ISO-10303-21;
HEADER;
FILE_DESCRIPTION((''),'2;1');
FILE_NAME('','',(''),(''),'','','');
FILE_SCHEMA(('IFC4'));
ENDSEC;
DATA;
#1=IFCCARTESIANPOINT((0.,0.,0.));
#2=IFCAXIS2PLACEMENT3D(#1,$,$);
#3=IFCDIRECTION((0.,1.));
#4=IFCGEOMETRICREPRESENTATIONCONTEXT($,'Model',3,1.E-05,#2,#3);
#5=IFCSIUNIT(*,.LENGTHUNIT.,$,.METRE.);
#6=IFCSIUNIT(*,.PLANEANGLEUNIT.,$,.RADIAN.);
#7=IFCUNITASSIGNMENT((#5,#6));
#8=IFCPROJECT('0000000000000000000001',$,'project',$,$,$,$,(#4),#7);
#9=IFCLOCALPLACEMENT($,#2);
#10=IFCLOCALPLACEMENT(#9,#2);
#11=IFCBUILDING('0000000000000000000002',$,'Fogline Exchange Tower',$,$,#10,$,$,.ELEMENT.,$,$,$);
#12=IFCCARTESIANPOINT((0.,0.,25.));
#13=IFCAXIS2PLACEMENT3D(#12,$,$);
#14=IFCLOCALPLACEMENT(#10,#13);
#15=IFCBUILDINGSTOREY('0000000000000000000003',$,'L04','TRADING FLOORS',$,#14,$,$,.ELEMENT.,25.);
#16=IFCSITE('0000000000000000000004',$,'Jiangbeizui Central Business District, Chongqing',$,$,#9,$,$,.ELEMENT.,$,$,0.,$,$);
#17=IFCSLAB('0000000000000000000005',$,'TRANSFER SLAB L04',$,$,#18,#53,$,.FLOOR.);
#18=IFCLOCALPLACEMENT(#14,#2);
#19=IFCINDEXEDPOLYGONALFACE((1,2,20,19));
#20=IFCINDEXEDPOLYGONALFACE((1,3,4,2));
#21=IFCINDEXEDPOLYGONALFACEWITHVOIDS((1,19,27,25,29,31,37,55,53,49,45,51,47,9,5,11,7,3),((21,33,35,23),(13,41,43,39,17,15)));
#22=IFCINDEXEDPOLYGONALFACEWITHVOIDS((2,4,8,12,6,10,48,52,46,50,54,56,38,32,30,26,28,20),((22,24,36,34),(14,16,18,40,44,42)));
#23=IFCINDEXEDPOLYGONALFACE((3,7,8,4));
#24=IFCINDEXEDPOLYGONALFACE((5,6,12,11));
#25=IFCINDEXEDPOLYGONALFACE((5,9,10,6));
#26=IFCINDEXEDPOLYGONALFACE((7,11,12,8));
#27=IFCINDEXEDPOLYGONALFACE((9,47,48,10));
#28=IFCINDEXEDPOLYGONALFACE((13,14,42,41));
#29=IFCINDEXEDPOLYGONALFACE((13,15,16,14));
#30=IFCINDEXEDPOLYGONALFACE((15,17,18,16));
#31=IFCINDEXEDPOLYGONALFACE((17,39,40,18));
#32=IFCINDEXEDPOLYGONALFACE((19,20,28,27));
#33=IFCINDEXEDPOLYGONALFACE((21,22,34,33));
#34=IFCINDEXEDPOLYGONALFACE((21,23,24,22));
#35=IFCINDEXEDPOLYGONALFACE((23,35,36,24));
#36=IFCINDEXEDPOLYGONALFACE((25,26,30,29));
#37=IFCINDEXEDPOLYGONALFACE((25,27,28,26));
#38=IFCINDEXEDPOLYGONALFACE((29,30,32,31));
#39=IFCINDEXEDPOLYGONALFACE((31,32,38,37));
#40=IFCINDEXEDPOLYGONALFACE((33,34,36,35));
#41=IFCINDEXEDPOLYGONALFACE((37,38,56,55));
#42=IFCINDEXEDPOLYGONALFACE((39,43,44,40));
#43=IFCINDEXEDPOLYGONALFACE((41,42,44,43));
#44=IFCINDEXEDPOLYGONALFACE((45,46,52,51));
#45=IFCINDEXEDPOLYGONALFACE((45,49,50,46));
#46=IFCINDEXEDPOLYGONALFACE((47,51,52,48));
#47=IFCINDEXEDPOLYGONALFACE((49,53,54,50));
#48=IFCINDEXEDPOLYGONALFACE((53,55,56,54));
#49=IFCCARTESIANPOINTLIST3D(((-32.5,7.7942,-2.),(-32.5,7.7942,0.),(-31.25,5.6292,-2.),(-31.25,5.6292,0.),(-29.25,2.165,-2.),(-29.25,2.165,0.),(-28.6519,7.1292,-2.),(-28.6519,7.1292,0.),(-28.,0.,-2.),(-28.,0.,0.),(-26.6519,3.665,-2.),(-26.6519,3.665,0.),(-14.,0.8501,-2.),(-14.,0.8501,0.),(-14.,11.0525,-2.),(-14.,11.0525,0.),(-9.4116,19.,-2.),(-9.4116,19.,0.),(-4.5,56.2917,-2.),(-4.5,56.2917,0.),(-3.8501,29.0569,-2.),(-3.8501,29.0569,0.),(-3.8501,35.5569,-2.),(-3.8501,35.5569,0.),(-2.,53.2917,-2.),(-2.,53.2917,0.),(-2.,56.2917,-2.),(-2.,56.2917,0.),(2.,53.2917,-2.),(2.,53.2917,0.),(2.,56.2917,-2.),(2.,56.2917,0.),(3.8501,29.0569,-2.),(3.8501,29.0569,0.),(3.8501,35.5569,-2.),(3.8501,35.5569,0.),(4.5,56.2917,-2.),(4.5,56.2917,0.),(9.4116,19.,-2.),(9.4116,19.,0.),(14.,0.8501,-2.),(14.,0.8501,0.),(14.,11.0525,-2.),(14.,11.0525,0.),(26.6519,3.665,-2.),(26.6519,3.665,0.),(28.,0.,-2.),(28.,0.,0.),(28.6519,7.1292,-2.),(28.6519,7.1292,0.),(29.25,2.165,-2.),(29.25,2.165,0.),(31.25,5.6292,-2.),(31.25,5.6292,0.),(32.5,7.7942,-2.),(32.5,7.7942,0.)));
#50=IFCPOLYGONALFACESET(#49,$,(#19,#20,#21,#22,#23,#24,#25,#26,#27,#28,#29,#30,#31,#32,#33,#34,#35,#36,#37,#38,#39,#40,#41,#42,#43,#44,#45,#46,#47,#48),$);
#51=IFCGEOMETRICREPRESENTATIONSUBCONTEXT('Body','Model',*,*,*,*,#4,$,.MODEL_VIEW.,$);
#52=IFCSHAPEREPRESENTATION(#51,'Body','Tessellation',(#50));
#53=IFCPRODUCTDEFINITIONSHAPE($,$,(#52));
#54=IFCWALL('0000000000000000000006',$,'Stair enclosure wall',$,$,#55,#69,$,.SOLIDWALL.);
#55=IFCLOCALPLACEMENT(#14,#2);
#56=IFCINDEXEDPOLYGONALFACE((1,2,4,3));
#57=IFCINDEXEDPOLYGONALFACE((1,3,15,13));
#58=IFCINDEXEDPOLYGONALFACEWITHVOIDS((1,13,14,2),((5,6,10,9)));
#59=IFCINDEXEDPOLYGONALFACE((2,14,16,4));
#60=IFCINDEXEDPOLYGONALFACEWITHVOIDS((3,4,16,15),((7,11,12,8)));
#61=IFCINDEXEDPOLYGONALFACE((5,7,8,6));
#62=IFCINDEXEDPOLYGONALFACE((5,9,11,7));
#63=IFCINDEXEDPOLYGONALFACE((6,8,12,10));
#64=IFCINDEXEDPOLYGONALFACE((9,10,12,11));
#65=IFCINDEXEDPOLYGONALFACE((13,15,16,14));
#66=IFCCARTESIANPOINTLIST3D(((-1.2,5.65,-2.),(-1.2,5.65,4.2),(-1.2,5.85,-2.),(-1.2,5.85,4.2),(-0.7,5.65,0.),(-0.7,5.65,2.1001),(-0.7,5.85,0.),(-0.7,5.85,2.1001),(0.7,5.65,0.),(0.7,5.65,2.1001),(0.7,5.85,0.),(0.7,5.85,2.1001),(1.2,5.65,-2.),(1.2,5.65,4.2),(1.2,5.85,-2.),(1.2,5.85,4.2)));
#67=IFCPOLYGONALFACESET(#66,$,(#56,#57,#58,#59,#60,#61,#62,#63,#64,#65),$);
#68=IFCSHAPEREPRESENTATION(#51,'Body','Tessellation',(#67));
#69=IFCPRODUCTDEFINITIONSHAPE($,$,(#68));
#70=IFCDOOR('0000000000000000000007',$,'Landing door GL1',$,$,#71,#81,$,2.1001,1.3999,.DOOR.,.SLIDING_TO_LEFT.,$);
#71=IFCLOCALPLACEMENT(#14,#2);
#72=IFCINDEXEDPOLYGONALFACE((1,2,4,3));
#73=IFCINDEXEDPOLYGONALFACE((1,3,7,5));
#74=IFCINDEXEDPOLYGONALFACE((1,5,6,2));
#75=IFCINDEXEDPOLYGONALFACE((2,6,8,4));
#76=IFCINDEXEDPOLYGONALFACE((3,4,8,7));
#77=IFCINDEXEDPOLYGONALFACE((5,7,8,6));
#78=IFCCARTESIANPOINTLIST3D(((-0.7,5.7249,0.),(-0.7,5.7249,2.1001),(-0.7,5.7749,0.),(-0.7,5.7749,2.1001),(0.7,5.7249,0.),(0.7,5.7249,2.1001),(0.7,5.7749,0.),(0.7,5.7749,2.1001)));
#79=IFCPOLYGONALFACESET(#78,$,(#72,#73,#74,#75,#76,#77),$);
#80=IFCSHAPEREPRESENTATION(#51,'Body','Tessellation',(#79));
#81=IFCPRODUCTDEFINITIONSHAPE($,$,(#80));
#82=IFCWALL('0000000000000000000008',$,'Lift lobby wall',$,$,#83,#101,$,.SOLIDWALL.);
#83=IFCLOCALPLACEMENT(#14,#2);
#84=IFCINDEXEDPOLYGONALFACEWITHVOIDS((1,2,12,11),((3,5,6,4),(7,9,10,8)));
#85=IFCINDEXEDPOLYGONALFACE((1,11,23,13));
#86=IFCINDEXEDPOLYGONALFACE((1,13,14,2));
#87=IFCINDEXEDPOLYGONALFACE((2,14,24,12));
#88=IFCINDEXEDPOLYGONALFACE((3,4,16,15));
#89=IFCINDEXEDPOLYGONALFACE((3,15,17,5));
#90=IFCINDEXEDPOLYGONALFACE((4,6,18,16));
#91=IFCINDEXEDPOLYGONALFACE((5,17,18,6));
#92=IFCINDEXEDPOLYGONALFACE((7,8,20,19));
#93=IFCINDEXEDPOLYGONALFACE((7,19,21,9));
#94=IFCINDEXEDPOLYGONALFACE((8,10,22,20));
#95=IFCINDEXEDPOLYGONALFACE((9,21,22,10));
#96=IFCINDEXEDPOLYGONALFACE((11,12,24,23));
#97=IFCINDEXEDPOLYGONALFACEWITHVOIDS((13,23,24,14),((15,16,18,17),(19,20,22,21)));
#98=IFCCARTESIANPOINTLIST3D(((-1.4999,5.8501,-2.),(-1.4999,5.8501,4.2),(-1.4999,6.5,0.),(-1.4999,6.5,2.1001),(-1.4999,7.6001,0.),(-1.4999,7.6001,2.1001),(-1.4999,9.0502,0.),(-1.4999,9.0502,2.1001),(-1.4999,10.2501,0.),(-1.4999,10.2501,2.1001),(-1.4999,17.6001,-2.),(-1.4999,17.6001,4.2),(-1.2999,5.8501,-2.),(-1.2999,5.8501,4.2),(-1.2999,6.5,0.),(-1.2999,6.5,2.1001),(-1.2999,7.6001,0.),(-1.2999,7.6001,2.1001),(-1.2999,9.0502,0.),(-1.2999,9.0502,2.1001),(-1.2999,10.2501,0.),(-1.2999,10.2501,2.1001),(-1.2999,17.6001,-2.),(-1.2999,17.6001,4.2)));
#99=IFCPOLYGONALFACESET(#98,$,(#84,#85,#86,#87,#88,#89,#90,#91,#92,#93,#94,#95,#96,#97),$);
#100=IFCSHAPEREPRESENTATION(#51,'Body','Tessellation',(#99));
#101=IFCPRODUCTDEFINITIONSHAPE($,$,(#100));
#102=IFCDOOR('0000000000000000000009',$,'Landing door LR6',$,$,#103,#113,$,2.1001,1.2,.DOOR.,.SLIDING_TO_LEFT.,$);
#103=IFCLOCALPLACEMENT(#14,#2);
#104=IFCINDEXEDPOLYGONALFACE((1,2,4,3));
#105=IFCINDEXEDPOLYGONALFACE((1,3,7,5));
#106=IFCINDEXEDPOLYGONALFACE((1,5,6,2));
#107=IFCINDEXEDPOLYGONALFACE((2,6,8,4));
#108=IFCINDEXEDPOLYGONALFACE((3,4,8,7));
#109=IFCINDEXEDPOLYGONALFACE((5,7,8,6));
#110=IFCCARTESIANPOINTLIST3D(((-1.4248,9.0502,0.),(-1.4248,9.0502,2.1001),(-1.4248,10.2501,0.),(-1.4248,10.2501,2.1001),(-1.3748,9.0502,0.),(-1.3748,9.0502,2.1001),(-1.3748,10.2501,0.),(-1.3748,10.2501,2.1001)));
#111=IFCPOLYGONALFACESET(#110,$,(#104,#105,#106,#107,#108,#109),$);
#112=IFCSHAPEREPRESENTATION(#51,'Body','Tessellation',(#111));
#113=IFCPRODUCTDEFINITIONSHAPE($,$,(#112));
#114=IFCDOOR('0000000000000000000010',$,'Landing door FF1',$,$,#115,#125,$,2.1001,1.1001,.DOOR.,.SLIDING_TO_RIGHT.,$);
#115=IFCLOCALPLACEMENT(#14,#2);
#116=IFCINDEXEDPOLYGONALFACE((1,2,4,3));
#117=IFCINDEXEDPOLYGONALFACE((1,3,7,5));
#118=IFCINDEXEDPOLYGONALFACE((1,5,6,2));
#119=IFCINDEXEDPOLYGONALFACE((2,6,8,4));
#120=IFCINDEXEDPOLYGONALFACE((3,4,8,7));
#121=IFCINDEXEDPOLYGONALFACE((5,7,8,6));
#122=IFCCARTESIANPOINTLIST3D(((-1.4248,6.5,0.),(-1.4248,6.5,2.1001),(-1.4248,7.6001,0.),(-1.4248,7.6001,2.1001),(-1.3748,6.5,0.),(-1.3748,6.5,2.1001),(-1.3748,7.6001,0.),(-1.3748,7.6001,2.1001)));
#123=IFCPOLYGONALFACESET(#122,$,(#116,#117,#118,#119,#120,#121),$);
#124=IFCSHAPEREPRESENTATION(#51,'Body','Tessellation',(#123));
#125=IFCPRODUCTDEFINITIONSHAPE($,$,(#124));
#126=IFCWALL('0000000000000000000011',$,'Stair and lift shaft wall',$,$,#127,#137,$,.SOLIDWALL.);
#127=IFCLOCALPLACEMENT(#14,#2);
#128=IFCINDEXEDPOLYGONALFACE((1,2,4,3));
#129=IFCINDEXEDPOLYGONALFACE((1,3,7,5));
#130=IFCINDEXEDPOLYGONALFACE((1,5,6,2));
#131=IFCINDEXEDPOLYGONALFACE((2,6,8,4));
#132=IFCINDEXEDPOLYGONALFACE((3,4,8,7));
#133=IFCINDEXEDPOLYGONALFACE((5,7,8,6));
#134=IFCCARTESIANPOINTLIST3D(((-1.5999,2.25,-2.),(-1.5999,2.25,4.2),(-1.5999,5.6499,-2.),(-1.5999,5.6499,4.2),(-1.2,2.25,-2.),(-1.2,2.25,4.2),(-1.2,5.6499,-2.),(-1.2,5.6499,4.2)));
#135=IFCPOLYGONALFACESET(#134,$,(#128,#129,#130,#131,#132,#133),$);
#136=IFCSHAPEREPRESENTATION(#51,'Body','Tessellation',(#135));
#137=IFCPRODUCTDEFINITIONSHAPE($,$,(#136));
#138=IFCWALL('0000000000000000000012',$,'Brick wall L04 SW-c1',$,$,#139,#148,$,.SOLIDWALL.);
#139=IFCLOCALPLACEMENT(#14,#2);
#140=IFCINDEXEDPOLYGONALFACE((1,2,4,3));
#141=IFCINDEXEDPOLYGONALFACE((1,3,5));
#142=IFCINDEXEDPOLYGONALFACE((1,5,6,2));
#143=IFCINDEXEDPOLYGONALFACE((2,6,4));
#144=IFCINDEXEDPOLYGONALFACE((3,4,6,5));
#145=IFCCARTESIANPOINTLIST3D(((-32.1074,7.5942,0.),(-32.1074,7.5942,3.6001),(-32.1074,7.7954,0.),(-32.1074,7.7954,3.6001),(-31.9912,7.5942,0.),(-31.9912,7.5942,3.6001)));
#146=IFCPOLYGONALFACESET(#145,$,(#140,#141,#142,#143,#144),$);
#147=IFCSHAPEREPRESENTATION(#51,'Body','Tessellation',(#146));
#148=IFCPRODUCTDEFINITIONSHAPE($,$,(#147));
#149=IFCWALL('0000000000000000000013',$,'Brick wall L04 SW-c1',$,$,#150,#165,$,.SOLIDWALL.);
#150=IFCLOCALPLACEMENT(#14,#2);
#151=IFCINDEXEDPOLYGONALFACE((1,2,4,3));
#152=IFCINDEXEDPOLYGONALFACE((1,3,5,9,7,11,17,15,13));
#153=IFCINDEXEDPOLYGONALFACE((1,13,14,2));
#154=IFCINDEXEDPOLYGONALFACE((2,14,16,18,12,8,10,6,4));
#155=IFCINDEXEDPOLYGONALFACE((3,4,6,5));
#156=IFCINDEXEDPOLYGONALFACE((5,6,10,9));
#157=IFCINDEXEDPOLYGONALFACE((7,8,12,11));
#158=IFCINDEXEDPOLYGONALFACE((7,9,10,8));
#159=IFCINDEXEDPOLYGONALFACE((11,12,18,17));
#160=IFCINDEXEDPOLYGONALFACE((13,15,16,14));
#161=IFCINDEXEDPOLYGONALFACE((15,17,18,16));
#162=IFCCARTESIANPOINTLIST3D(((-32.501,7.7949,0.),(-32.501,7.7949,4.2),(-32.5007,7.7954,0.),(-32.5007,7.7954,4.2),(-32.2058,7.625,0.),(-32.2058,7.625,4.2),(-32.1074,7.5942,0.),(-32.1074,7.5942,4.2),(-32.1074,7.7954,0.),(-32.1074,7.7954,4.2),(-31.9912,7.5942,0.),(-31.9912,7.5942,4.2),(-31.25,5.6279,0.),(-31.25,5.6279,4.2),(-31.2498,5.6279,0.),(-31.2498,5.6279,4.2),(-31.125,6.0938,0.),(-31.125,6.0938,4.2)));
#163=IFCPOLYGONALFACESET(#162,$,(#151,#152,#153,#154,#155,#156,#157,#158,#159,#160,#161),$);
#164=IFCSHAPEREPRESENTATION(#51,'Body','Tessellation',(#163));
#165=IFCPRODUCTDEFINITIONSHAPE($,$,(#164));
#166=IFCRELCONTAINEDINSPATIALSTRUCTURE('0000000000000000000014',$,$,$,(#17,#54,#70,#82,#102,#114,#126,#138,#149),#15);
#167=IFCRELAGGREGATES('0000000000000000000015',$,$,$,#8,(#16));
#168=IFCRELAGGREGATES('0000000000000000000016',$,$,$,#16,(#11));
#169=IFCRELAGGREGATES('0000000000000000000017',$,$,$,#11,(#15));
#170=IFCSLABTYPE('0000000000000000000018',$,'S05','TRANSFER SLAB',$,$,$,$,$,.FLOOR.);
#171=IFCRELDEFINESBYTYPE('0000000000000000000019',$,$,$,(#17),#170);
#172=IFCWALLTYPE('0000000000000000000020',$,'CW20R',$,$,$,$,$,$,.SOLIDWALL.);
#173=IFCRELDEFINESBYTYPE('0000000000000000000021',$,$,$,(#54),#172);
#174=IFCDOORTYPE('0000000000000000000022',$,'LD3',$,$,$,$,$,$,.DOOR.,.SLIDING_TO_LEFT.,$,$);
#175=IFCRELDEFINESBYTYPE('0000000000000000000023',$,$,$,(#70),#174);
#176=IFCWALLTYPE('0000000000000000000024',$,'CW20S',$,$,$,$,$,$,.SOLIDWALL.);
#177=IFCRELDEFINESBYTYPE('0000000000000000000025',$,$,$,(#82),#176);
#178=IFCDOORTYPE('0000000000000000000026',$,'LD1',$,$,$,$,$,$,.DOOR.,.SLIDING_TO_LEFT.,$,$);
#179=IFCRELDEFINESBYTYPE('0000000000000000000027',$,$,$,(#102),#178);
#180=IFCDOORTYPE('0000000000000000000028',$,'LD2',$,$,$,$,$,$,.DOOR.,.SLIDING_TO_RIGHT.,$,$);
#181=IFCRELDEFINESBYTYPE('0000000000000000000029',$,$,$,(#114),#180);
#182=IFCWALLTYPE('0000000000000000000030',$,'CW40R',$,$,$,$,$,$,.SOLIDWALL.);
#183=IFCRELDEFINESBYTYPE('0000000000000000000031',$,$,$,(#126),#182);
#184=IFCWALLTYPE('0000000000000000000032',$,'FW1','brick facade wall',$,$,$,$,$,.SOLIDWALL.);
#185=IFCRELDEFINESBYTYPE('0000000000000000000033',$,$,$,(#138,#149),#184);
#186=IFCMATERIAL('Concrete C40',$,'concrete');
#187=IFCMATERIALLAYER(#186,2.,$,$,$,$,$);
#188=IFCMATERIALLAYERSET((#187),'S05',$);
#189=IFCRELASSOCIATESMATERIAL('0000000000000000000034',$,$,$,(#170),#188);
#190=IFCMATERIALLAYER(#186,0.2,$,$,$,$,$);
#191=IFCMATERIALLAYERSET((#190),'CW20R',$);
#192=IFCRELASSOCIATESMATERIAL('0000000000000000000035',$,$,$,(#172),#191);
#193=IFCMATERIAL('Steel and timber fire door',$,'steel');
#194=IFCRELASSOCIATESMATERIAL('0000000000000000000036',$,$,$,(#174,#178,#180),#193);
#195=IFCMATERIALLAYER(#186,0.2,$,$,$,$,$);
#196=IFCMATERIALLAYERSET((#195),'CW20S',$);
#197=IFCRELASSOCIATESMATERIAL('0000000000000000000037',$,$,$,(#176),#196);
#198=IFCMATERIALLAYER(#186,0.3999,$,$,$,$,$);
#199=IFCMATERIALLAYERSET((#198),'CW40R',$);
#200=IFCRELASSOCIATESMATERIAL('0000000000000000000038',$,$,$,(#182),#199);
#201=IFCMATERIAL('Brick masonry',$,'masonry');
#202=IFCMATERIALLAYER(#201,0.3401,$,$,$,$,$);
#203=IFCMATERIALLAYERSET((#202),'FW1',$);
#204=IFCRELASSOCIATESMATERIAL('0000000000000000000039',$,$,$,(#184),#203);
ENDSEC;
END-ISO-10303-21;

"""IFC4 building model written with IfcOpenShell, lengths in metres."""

from ifc_helpers import new_model, si_unit, direction, frame, frame_2d, origin, place, context, subcontext, project, spatial, polyline, rectangle, outline, extrude, material, layer, layer_set, type_object, element, fill, save


model = new_model("IFC4")

# Units and contexts
model_context = context("Model", 3, precision=1e-05, world=origin(), true_north=direction((0.0, 1.0)))
body_context = subcontext(model_context, "Body", "Model", "MODEL_VIEW")
ifc_project = project(units=[si_unit("LENGTHUNIT", "METRE"), si_unit("PLANEANGLEUNIT", "RADIAN")], contexts=[model_context])

# Site, building, storey
site_placement = place(None, origin())
site = spatial("IfcSite", under=ifc_project, at=site_placement, Name="Jiangbeizui Central Business District, Chongqing", CompositionType="ELEMENT", RefElevation=0.0)
building_placement = place(site_placement, origin())
building = spatial("IfcBuilding", under=site, at=building_placement, Name="Fogline Exchange Tower", CompositionType="ELEMENT")
storey_placement = place(building_placement, frame((0.0, 0.0, 25.0)))
storey = spatial("IfcBuildingStorey", under=building, at=storey_placement, Name="L04", Description="TRADING FLOORS", CompositionType="ELEMENT", Elevation=25.0)

# Slab
ifc_material_1 = material(Name="Concrete C40", Category="concrete")
ifc_layer_1 = layer(ifc_material_1, 2.0)
ifc_layer_set_1 = layer_set([ifc_layer_1], Name="S05")
slab_type = type_object("IfcSlabType", Name="S05", Description="TRANSFER SLAB", PredefinedType="FLOOR", material=ifc_layer_set_1)
slab_placement = place(storey_placement, frame((0.0, 0.0, -2.0)))
element("IfcSlab", 1, at=slab_placement, inside=storey, type_object=slab_type, Name="TRANSFER SLAB L04", PredefinedType="FLOOR", context=body_context, shape_type="SweptSolid", body=[
    extrude(outline(polyline([(-2.0, 56.2917), (-4.5, 56.2917), (-32.5, 7.7942), (-31.25, 5.6292), (-28.6519, 7.1292), (-26.6519, 3.665), (-29.25, 2.165), (-28.0, 0.0), (28.0, 0.0), (29.25, 2.165), (26.6519, 3.665), (28.6519, 7.1292), (31.25, 5.6292), (32.5, 7.7942), (4.5, 56.2917), (2.0, 56.2917), (2.0, 53.2917), (-2.0, 53.2917), (-2.0, 56.2917)]), holes=[polyline([(14.0, 11.0525), (14.0, 0.8501), (-14.0, 0.8501), (-14.0, 11.0525), (-9.4116, 19.0), (9.4116, 19.0), (14.0, 11.0525)]), polyline([(3.8501, 35.5569), (3.8501, 29.0569), (-3.8501, 29.0569), (-3.8501, 35.5569), (3.8501, 35.5569)])]), origin(), (0.0, 0.0, 1.0), 2.0),
])

# Wall, opening, door
ifc_layer_2 = layer(ifc_material_1, 0.2)
ifc_layer_set_2 = layer_set([ifc_layer_2], Name="CW20R")
wall_type_1 = type_object("IfcWallType", Name="CW20R", PredefinedType="SOLIDWALL", material=ifc_layer_set_2)
wall_1_placement = place(storey_placement, frame((-1.2, 5.75, -2.0), z_axis=(0.0, 0.0, 1.0), x_axis=(1.0, 0.0, 0.0)))
wall_1 = element("IfcWall", 2, at=wall_1_placement, inside=storey, type_object=wall_type_1, Name="Stair enclosure wall", PredefinedType="SOLIDWALL", context=body_context, shape_type="SweptSolid", body=[
    extrude(rectangle(XDim=2.3999, YDim=0.2, at=frame_2d((1.2, 0.0))), origin(), (0.0, 0.0, 1.0), 6.2),
])
opening_1_placement = place(wall_1_placement, frame((0.5, 0.0, 2.0)))
opening_1 = element("IfcOpeningElement", 3, at=opening_1_placement, cuts=wall_1, PredefinedType="OPENING", context=body_context, shape_type="SweptSolid", body=[
    extrude(rectangle(XDim=1.3999, YDim=2.1001, at=frame_2d((0.7, 1.05))), frame((0.0, 0.1099, 0.0), z_axis=(0.0, -1.0, 0.0), x_axis=(1.0, 0.0, 0.0)), (0.0, 0.0, 1.0), 0.22),
])
ifc_material_2 = material(Name="Steel and timber fire door", Category="steel")
door_type_1 = type_object("IfcDoorType", Name="LD3", OperationType="SLIDING_TO_LEFT", PredefinedType="DOOR", material=ifc_material_2)
door_1_placement = place(opening_1_placement, origin())
door_1 = element("IfcDoor", 4, at=door_1_placement, inside=storey, type_object=door_type_1, Name="Landing door GL1", OperationType="SLIDING_TO_LEFT", OverallHeight=2.1001, OverallWidth=1.3999, PredefinedType="DOOR", context=body_context, shape_type="SweptSolid", body=[
    extrude(rectangle(XDim=1.3999, YDim=2.1001, at=frame_2d((0.7, 1.05))), frame((0.0, 0.0249, 0.0), z_axis=(0.0, -1.0, 0.0), x_axis=(1.0, 0.0, 0.0)), (0.0, 0.0, 1.0), 0.05),
])
fill(opening_1, door_1)

# Wall, openings, doors
ifc_layer_3 = layer(ifc_material_1, 0.2)
ifc_layer_set_3 = layer_set([ifc_layer_3], Name="CW20S")
wall_type_2 = type_object("IfcWallType", Name="CW20S", PredefinedType="SOLIDWALL", material=ifc_layer_set_3)
wall_2_placement = place(storey_placement, frame((-1.3999, 5.8501, -2.0), z_axis=(0.0, 0.0, 1.0), x_axis=(0.0, 1.0, 0.0)))
wall_2 = element("IfcWall", 5, at=wall_2_placement, inside=storey, type_object=wall_type_2, Name="Lift lobby wall", PredefinedType="SOLIDWALL", context=body_context, shape_type="SweptSolid", body=[
    extrude(rectangle(XDim=11.75, YDim=0.2, at=frame_2d((5.875, 0.0))), origin(), (0.0, 0.0, 1.0), 6.2),
])
opening_2_placement = place(wall_2_placement, frame((3.2, 0.0, 2.0)))
opening_2 = element("IfcOpeningElement", 6, at=opening_2_placement, cuts=wall_2, PredefinedType="OPENING", context=body_context, shape_type="SweptSolid", body=[
    extrude(rectangle(XDim=1.2, YDim=2.1001, at=frame_2d((0.6001, 1.05))), frame((0.0, 0.1099, 0.0), z_axis=(0.0, -1.0, 0.0), x_axis=(1.0, 0.0, 0.0)), (0.0, 0.0, 1.0), 0.22),
])
opening_3_placement = place(wall_2_placement, frame((0.6499, 0.0, 2.0)))
opening_3 = element("IfcOpeningElement", 7, at=opening_3_placement, cuts=wall_2, PredefinedType="OPENING", context=body_context, shape_type="SweptSolid", body=[
    extrude(rectangle(XDim=1.1001, YDim=2.1001, at=frame_2d((0.55, 1.05))), frame((0.0, 0.1099, 0.0), z_axis=(0.0, -1.0, 0.0), x_axis=(1.0, 0.0, 0.0)), (0.0, 0.0, 1.0), 0.22),
])
door_type_2 = type_object("IfcDoorType", Name="LD1", OperationType="SLIDING_TO_LEFT", PredefinedType="DOOR", material=ifc_material_2)
door_2_placement = place(opening_2_placement, origin())
door_2 = element("IfcDoor", 8, at=door_2_placement, inside=storey, type_object=door_type_2, Name="Landing door LR6", OperationType="SLIDING_TO_LEFT", OverallHeight=2.1001, OverallWidth=1.2, PredefinedType="DOOR", context=body_context, shape_type="SweptSolid", body=[
    extrude(rectangle(XDim=1.2, YDim=2.1001, at=frame_2d((0.6001, 1.05))), frame((0.0, 0.0249, 0.0), z_axis=(0.0, -1.0, 0.0), x_axis=(1.0, 0.0, 0.0)), (0.0, 0.0, 1.0), 0.05),
])
fill(opening_2, door_2)
door_type_3 = type_object("IfcDoorType", Name="LD2", OperationType="SLIDING_TO_RIGHT", PredefinedType="DOOR", material=ifc_material_2)
door_3_placement = place(opening_3_placement, origin())
door_3 = element("IfcDoor", 9, at=door_3_placement, inside=storey, type_object=door_type_3, Name="Landing door FF1", OperationType="SLIDING_TO_RIGHT", OverallHeight=2.1001, OverallWidth=1.1001, PredefinedType="DOOR", context=body_context, shape_type="SweptSolid", body=[
    extrude(rectangle(XDim=1.1001, YDim=2.1001, at=frame_2d((0.55, 1.05))), frame((0.0, 0.0249, 0.0), z_axis=(0.0, -1.0, 0.0), x_axis=(1.0, 0.0, 0.0)), (0.0, 0.0, 1.0), 0.05),
])
fill(opening_3, door_3)

# Walls
ifc_layer_4 = layer(ifc_material_1, 0.3999)
ifc_layer_set_4 = layer_set([ifc_layer_4], Name="CW40R")
wall_type_3 = type_object("IfcWallType", Name="CW40R", PredefinedType="SOLIDWALL", material=ifc_layer_set_4)
wall_3_placement = place(storey_placement, frame((-1.3999, 2.25, -2.0), z_axis=(0.0, 0.0, 1.0), x_axis=(0.0, 1.0, 0.0)))
element("IfcWall", 10, at=wall_3_placement, inside=storey, type_object=wall_type_3, Name="Stair and lift shaft wall", PredefinedType="SOLIDWALL", context=body_context, shape_type="SweptSolid", body=[
    extrude(rectangle(XDim=3.3999, YDim=0.3999, at=frame_2d((1.7, 0.0))), origin(), (0.0, 0.0, 1.0), 6.2),
])
ifc_material_3 = material(Name="Brick masonry", Category="masonry")
ifc_layer_5 = layer(ifc_material_3, 0.3401)
ifc_layer_set_5 = layer_set([ifc_layer_5], Name="FW1")
wall_type_4 = type_object("IfcWallType", Name="FW1", Description="brick facade wall", PredefinedType="SOLIDWALL", material=ifc_layer_set_5)
wall_4_placement = place(storey_placement, origin())
element("IfcWall", 11, at=wall_4_placement, inside=storey, type_object=wall_type_4, Name="Brick wall L04 SW-c1", PredefinedType="SOLIDWALL", context=body_context, shape_type="SweptSolid", body=[
    extrude(outline(polyline([(-31.9912, 7.5942), (-32.1074, 7.5942), (-32.1074, 7.7954), (-31.9912, 7.5942)])), origin(), (0.0, 0.0, 1.0), 3.6001),
])
wall_5_placement = place(storey_placement, origin())
element("IfcWall", 12, at=wall_5_placement, inside=storey, type_object=wall_type_4, Name="Brick wall L04 SW-c1", PredefinedType="SOLIDWALL", context=body_context, shape_type="SweptSolid", body=[
    extrude(outline(polyline([(-32.501, 7.7949), (-32.5007, 7.7954), (-32.2058, 7.625), (-32.1074, 7.7954), (-32.1074, 7.5942), (-31.9912, 7.5942), (-31.125, 6.0938), (-31.2498, 5.6279), (-31.25, 5.6279), (-32.501, 7.7949)])), origin(), (0.0, 0.0, 1.0), 4.2),
])

save(model, "model.ifc")
